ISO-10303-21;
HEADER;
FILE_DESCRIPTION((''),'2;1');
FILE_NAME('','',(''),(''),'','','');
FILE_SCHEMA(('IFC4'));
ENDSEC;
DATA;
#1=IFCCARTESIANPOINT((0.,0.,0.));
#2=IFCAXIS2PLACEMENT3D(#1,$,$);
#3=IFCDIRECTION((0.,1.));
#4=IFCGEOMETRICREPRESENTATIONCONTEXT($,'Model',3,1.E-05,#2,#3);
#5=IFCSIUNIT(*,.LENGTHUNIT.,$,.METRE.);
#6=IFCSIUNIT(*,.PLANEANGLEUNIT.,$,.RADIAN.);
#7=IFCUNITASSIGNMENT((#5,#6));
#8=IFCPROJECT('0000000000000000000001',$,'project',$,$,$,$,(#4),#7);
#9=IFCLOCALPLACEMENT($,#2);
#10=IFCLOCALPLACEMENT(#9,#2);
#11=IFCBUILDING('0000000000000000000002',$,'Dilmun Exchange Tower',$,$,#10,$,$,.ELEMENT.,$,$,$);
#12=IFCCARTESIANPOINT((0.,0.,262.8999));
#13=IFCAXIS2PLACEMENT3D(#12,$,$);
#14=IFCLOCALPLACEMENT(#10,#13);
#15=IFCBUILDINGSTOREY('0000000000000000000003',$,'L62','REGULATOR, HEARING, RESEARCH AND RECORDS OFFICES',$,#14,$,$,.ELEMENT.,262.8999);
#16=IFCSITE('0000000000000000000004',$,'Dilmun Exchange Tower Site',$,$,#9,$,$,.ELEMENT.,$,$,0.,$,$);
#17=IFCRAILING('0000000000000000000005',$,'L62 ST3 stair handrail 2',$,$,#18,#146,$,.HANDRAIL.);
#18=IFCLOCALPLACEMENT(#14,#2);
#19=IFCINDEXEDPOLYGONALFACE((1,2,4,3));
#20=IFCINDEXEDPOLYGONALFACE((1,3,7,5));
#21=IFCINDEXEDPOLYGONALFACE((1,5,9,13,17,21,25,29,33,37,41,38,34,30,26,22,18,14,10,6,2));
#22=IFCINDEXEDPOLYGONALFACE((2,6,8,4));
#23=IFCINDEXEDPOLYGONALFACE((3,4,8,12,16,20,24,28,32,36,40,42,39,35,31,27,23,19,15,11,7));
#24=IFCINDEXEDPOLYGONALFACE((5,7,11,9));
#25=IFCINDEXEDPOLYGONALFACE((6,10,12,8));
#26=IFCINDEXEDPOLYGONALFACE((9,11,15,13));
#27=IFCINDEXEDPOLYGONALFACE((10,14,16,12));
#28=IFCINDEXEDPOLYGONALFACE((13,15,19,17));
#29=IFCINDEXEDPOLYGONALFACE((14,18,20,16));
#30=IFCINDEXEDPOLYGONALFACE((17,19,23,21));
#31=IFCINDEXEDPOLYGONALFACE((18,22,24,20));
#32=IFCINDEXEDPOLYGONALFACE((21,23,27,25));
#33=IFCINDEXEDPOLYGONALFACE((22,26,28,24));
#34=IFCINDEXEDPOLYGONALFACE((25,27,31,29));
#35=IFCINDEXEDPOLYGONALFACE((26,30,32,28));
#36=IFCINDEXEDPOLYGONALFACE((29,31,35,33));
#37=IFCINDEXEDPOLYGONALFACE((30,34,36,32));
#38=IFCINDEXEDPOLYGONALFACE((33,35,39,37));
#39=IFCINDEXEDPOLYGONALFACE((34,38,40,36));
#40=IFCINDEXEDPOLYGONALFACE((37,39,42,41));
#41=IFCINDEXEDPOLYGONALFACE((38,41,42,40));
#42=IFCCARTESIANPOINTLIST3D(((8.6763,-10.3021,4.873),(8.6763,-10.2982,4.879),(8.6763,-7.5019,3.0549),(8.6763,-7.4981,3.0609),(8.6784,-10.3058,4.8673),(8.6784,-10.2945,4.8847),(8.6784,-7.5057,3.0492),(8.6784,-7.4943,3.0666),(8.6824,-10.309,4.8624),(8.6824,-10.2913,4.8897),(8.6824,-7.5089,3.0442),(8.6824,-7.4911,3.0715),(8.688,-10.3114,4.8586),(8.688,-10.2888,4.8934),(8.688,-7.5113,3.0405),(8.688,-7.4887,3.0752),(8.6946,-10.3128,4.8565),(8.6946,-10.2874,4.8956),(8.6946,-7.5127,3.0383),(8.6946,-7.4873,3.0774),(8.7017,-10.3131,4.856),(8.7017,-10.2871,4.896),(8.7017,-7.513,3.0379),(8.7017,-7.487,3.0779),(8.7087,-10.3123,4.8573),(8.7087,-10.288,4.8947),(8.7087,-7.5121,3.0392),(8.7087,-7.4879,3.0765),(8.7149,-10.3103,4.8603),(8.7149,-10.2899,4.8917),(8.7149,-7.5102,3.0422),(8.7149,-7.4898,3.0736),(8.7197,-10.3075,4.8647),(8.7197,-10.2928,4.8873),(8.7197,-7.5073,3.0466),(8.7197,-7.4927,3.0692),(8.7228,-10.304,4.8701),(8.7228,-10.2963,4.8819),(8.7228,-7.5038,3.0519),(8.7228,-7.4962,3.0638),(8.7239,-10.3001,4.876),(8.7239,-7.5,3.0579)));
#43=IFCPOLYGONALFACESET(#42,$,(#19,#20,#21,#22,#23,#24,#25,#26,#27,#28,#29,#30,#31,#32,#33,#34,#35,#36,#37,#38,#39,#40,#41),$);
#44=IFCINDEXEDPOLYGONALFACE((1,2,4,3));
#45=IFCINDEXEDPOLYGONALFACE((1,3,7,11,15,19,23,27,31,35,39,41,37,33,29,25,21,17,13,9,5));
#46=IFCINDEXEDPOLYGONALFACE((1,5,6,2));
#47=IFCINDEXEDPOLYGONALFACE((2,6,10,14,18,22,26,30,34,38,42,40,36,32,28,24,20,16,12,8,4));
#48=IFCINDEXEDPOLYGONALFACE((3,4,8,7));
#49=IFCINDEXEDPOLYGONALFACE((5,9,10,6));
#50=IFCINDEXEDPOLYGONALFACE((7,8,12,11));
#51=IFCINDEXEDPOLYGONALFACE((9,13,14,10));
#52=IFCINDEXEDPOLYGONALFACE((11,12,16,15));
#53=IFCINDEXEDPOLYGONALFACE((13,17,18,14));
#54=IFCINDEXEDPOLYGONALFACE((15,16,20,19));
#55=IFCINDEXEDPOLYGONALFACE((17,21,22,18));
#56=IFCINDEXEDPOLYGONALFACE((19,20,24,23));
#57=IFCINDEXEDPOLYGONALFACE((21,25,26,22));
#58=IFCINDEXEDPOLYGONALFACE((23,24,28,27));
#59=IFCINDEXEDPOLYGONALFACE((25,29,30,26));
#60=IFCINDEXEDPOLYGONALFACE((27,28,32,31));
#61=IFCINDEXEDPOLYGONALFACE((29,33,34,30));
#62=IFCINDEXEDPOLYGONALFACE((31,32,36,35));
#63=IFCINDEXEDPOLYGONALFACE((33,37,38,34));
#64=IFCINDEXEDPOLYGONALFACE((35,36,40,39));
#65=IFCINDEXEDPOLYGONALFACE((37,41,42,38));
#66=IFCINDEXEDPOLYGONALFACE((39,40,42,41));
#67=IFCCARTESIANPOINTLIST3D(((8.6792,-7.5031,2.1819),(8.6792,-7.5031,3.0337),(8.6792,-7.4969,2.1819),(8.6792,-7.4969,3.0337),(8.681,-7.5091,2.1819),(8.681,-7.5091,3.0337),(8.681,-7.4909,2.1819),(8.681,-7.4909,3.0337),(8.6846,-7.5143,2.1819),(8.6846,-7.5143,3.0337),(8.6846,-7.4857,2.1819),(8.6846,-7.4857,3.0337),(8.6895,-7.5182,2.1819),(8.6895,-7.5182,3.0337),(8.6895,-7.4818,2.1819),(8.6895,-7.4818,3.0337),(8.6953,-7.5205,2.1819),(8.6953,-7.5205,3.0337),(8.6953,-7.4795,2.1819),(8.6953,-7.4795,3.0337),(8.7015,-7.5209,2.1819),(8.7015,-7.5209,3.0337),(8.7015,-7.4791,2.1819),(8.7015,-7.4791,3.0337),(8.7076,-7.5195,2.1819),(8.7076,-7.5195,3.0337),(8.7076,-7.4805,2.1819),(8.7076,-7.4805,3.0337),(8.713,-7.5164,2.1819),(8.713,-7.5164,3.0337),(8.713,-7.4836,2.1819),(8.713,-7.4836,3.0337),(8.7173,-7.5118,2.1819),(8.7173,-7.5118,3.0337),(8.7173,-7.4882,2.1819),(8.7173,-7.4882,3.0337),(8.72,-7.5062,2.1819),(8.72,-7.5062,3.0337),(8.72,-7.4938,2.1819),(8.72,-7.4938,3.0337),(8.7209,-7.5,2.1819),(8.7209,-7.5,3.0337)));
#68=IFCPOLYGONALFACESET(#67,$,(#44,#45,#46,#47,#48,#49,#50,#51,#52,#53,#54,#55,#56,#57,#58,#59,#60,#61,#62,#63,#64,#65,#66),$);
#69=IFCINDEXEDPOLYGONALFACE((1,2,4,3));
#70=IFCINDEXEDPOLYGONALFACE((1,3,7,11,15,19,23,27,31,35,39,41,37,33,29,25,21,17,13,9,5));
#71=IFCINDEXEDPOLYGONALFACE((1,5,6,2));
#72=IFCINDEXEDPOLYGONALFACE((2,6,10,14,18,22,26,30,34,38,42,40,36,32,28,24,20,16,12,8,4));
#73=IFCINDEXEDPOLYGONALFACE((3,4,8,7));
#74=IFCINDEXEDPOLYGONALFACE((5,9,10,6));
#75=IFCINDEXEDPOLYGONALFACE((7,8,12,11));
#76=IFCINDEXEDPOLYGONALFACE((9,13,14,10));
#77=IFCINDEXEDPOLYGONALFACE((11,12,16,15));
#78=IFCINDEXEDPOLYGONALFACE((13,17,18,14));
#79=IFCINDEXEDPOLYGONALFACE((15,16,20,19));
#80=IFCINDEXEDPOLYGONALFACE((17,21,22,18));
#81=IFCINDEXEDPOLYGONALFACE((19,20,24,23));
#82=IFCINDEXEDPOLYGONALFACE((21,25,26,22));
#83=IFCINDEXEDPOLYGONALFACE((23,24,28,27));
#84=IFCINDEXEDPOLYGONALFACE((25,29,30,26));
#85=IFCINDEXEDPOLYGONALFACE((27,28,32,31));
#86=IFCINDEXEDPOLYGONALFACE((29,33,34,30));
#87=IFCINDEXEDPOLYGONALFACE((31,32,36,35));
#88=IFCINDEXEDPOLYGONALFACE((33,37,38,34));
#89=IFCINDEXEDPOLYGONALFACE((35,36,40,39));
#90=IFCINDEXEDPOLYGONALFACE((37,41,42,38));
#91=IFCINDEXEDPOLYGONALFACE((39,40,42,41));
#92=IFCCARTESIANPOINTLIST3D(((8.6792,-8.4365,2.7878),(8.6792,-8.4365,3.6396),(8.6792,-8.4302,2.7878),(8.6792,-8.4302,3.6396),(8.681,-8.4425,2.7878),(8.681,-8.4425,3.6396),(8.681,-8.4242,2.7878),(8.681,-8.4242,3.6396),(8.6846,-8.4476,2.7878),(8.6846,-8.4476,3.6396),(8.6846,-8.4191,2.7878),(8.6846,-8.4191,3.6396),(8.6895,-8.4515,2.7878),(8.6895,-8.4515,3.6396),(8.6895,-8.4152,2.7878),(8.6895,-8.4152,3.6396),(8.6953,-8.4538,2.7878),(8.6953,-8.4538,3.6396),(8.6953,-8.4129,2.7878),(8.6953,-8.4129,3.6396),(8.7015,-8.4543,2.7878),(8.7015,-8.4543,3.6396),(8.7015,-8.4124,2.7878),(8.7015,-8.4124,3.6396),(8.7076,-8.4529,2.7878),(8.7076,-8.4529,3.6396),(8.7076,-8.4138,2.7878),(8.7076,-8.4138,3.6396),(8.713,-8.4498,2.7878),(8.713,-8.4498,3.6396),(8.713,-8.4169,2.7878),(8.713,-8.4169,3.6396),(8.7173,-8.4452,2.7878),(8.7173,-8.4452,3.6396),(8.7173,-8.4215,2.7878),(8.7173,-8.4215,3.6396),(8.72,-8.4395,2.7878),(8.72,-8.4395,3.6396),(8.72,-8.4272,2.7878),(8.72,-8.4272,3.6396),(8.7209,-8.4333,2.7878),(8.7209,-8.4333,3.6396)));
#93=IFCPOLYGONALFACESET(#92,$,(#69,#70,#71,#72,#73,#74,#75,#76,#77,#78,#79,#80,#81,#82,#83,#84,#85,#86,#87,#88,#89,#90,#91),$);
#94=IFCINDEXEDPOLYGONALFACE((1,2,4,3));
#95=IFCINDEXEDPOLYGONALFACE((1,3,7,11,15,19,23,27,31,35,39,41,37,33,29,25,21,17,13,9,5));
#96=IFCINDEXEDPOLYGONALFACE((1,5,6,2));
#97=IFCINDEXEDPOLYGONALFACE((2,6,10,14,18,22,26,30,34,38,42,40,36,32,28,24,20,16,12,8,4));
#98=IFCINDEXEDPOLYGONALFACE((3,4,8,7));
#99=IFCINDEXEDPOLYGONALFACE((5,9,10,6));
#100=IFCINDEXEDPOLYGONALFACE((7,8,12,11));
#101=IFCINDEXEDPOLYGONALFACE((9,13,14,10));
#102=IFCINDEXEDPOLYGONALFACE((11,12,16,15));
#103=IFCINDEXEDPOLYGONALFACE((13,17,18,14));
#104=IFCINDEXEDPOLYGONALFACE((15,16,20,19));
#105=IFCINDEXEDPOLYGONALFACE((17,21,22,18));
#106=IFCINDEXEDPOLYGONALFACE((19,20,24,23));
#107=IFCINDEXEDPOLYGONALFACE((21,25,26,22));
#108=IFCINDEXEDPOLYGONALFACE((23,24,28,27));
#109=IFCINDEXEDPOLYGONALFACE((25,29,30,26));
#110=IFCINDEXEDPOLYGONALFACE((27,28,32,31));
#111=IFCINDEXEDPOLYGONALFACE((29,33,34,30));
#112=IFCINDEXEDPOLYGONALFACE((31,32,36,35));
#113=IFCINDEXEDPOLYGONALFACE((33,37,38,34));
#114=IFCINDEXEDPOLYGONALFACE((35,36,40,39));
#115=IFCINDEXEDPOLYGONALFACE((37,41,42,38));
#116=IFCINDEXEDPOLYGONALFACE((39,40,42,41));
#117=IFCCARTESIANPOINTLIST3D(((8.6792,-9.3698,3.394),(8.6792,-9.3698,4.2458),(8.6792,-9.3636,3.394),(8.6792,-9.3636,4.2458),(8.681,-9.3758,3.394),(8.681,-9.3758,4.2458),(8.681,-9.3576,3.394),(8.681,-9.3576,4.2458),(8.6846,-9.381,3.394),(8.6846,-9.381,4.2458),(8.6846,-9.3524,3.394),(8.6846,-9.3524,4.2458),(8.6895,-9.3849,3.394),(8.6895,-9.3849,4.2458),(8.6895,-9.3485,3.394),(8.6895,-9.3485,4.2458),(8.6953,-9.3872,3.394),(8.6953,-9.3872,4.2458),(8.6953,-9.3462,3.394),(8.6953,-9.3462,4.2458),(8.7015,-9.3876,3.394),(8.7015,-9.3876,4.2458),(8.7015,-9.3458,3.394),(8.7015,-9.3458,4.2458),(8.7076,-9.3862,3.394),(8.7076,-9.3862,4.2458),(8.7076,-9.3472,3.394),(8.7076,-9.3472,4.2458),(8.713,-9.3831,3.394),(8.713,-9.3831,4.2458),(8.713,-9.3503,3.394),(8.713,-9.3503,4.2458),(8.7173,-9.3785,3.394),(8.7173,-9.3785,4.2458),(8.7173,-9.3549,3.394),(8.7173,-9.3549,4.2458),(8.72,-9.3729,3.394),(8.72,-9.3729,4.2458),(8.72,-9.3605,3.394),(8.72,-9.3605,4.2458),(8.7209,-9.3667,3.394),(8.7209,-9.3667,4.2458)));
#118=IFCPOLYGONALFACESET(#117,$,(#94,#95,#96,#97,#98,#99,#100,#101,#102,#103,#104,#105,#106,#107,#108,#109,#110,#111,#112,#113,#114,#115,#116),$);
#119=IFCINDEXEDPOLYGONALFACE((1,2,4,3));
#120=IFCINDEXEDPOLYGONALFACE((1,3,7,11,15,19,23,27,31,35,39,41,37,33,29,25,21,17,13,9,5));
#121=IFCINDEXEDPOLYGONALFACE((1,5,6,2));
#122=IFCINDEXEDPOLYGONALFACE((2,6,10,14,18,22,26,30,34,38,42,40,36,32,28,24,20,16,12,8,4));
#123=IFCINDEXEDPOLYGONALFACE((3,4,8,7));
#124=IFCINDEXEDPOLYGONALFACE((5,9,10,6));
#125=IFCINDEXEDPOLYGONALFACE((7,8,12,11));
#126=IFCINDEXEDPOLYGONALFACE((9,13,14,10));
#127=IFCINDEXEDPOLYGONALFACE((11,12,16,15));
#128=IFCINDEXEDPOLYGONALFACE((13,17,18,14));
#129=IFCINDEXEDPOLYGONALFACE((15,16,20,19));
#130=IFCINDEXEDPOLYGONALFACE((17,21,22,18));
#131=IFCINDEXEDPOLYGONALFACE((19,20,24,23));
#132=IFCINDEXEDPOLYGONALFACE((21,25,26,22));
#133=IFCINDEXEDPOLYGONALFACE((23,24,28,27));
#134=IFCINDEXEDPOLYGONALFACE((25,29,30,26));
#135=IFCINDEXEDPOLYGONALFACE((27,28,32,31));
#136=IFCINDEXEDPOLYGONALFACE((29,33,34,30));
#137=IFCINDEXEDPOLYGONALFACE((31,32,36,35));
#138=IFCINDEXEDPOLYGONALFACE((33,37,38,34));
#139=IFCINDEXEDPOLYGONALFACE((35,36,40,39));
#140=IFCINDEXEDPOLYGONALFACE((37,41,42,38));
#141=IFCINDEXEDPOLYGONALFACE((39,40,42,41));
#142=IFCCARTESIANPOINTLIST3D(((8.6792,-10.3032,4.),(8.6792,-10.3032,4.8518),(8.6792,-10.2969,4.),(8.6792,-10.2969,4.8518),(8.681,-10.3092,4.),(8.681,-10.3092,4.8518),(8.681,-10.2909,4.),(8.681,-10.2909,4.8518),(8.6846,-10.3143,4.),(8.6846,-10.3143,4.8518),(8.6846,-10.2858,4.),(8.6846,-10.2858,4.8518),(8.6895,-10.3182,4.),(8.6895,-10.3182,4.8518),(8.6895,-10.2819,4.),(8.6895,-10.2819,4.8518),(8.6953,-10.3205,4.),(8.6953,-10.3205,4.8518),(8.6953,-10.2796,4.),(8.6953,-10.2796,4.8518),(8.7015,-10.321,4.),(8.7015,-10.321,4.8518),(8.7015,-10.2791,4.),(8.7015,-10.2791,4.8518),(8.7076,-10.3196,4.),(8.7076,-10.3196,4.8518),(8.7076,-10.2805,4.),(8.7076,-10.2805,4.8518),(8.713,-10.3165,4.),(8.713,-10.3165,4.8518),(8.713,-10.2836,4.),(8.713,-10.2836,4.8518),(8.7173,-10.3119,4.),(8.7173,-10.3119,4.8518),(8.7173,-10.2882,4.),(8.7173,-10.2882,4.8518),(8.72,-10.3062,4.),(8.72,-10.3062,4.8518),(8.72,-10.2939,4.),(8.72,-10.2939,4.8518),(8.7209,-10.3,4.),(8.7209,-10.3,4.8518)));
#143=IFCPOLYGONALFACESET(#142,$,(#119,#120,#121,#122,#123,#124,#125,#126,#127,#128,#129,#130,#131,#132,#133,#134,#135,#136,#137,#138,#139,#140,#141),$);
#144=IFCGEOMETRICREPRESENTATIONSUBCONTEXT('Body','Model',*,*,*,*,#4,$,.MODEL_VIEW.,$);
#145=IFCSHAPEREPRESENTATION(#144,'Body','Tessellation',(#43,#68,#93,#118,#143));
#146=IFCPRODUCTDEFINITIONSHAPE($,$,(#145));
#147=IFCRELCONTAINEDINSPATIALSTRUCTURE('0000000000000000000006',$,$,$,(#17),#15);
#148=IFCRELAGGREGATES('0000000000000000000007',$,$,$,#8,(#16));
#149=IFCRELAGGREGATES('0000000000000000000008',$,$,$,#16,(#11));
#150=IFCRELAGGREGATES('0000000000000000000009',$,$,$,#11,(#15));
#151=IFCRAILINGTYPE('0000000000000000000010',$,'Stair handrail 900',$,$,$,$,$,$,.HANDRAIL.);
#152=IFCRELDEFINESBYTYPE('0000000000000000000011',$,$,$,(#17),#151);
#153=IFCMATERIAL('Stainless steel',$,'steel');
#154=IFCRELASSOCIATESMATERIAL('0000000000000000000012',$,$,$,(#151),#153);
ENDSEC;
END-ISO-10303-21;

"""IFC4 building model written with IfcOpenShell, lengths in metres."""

from ifc_helpers import new_model, si_unit, direction, frame, origin, origin_2d, place, context, subcontext, project, spatial, circle, extrude, material, type_object, element, save


model = new_model("IFC4")

# Units and contexts
model_context = context("Model", 3, precision=1e-05, world=origin(), true_north=direction((0.0, 1.0)))
body_context = subcontext(model_context, "Body", "Model", "MODEL_VIEW")
ifc_project = project(units=[si_unit("LENGTHUNIT", "METRE"), si_unit("PLANEANGLEUNIT", "RADIAN")], contexts=[model_context])

# Site, building, storey
site_placement = place(None, origin())
site = spatial("IfcSite", under=ifc_project, at=site_placement, Name="Dilmun Exchange Tower Site", CompositionType="ELEMENT", RefElevation=0.0)
building_placement = place(site_placement, origin())
building = spatial("IfcBuilding", under=site, at=building_placement, Name="Dilmun Exchange Tower", CompositionType="ELEMENT")
storey_placement = place(building_placement, frame((0.0, 0.0, 262.8999)))
storey = spatial("IfcBuildingStorey", under=building, at=storey_placement, Name="L62", Description="REGULATOR, HEARING, RESEARCH AND RECORDS OFFICES", CompositionType="ELEMENT", Elevation=262.8999)

# Railing
ifc_material_1 = material(Name="Stainless steel", Category="steel")
railing_type = type_object("IfcRailingType", Name="Stair handrail 900", PredefinedType="HANDRAIL", material=ifc_material_1)
railing_1_placement = place(storey_placement, frame((8.7, -7.5, 2.1819)))
element("IfcRailing", 1, at=railing_1_placement, inside=storey, type_object=railing_type, Name="L62 ST3 stair handrail 2", PredefinedType="HANDRAIL", context=body_context, shape_type="SweptSolid", body=[
    extrude(circle(Radius=0.0239, at=origin_2d()), frame((0.0, 0.0, 0.876), z_axis=(0.0, -0.838706, 0.544585), x_axis=(1.0, 0.0, 0.0)), (0.0, 0.0, 1.0), 3.3386),
    extrude(circle(Radius=0.021, at=origin_2d()), origin(), (0.0, 0.0, 1.0), 0.8518),
    extrude(circle(Radius=0.021, at=origin_2d()), frame((0.0, -0.9333, 0.606)), (0.0, 0.0, 1.0), 0.8518),
    extrude(circle(Radius=0.021, at=origin_2d()), frame((0.0, -1.8667, 1.2122)), (0.0, 0.0, 1.0), 0.8518),
    extrude(circle(Radius=0.021, at=origin_2d()), frame((0.0, -2.8, 1.8181)), (0.0, 0.0, 1.0), 0.8518),
])

save(model, "model.ifc")
